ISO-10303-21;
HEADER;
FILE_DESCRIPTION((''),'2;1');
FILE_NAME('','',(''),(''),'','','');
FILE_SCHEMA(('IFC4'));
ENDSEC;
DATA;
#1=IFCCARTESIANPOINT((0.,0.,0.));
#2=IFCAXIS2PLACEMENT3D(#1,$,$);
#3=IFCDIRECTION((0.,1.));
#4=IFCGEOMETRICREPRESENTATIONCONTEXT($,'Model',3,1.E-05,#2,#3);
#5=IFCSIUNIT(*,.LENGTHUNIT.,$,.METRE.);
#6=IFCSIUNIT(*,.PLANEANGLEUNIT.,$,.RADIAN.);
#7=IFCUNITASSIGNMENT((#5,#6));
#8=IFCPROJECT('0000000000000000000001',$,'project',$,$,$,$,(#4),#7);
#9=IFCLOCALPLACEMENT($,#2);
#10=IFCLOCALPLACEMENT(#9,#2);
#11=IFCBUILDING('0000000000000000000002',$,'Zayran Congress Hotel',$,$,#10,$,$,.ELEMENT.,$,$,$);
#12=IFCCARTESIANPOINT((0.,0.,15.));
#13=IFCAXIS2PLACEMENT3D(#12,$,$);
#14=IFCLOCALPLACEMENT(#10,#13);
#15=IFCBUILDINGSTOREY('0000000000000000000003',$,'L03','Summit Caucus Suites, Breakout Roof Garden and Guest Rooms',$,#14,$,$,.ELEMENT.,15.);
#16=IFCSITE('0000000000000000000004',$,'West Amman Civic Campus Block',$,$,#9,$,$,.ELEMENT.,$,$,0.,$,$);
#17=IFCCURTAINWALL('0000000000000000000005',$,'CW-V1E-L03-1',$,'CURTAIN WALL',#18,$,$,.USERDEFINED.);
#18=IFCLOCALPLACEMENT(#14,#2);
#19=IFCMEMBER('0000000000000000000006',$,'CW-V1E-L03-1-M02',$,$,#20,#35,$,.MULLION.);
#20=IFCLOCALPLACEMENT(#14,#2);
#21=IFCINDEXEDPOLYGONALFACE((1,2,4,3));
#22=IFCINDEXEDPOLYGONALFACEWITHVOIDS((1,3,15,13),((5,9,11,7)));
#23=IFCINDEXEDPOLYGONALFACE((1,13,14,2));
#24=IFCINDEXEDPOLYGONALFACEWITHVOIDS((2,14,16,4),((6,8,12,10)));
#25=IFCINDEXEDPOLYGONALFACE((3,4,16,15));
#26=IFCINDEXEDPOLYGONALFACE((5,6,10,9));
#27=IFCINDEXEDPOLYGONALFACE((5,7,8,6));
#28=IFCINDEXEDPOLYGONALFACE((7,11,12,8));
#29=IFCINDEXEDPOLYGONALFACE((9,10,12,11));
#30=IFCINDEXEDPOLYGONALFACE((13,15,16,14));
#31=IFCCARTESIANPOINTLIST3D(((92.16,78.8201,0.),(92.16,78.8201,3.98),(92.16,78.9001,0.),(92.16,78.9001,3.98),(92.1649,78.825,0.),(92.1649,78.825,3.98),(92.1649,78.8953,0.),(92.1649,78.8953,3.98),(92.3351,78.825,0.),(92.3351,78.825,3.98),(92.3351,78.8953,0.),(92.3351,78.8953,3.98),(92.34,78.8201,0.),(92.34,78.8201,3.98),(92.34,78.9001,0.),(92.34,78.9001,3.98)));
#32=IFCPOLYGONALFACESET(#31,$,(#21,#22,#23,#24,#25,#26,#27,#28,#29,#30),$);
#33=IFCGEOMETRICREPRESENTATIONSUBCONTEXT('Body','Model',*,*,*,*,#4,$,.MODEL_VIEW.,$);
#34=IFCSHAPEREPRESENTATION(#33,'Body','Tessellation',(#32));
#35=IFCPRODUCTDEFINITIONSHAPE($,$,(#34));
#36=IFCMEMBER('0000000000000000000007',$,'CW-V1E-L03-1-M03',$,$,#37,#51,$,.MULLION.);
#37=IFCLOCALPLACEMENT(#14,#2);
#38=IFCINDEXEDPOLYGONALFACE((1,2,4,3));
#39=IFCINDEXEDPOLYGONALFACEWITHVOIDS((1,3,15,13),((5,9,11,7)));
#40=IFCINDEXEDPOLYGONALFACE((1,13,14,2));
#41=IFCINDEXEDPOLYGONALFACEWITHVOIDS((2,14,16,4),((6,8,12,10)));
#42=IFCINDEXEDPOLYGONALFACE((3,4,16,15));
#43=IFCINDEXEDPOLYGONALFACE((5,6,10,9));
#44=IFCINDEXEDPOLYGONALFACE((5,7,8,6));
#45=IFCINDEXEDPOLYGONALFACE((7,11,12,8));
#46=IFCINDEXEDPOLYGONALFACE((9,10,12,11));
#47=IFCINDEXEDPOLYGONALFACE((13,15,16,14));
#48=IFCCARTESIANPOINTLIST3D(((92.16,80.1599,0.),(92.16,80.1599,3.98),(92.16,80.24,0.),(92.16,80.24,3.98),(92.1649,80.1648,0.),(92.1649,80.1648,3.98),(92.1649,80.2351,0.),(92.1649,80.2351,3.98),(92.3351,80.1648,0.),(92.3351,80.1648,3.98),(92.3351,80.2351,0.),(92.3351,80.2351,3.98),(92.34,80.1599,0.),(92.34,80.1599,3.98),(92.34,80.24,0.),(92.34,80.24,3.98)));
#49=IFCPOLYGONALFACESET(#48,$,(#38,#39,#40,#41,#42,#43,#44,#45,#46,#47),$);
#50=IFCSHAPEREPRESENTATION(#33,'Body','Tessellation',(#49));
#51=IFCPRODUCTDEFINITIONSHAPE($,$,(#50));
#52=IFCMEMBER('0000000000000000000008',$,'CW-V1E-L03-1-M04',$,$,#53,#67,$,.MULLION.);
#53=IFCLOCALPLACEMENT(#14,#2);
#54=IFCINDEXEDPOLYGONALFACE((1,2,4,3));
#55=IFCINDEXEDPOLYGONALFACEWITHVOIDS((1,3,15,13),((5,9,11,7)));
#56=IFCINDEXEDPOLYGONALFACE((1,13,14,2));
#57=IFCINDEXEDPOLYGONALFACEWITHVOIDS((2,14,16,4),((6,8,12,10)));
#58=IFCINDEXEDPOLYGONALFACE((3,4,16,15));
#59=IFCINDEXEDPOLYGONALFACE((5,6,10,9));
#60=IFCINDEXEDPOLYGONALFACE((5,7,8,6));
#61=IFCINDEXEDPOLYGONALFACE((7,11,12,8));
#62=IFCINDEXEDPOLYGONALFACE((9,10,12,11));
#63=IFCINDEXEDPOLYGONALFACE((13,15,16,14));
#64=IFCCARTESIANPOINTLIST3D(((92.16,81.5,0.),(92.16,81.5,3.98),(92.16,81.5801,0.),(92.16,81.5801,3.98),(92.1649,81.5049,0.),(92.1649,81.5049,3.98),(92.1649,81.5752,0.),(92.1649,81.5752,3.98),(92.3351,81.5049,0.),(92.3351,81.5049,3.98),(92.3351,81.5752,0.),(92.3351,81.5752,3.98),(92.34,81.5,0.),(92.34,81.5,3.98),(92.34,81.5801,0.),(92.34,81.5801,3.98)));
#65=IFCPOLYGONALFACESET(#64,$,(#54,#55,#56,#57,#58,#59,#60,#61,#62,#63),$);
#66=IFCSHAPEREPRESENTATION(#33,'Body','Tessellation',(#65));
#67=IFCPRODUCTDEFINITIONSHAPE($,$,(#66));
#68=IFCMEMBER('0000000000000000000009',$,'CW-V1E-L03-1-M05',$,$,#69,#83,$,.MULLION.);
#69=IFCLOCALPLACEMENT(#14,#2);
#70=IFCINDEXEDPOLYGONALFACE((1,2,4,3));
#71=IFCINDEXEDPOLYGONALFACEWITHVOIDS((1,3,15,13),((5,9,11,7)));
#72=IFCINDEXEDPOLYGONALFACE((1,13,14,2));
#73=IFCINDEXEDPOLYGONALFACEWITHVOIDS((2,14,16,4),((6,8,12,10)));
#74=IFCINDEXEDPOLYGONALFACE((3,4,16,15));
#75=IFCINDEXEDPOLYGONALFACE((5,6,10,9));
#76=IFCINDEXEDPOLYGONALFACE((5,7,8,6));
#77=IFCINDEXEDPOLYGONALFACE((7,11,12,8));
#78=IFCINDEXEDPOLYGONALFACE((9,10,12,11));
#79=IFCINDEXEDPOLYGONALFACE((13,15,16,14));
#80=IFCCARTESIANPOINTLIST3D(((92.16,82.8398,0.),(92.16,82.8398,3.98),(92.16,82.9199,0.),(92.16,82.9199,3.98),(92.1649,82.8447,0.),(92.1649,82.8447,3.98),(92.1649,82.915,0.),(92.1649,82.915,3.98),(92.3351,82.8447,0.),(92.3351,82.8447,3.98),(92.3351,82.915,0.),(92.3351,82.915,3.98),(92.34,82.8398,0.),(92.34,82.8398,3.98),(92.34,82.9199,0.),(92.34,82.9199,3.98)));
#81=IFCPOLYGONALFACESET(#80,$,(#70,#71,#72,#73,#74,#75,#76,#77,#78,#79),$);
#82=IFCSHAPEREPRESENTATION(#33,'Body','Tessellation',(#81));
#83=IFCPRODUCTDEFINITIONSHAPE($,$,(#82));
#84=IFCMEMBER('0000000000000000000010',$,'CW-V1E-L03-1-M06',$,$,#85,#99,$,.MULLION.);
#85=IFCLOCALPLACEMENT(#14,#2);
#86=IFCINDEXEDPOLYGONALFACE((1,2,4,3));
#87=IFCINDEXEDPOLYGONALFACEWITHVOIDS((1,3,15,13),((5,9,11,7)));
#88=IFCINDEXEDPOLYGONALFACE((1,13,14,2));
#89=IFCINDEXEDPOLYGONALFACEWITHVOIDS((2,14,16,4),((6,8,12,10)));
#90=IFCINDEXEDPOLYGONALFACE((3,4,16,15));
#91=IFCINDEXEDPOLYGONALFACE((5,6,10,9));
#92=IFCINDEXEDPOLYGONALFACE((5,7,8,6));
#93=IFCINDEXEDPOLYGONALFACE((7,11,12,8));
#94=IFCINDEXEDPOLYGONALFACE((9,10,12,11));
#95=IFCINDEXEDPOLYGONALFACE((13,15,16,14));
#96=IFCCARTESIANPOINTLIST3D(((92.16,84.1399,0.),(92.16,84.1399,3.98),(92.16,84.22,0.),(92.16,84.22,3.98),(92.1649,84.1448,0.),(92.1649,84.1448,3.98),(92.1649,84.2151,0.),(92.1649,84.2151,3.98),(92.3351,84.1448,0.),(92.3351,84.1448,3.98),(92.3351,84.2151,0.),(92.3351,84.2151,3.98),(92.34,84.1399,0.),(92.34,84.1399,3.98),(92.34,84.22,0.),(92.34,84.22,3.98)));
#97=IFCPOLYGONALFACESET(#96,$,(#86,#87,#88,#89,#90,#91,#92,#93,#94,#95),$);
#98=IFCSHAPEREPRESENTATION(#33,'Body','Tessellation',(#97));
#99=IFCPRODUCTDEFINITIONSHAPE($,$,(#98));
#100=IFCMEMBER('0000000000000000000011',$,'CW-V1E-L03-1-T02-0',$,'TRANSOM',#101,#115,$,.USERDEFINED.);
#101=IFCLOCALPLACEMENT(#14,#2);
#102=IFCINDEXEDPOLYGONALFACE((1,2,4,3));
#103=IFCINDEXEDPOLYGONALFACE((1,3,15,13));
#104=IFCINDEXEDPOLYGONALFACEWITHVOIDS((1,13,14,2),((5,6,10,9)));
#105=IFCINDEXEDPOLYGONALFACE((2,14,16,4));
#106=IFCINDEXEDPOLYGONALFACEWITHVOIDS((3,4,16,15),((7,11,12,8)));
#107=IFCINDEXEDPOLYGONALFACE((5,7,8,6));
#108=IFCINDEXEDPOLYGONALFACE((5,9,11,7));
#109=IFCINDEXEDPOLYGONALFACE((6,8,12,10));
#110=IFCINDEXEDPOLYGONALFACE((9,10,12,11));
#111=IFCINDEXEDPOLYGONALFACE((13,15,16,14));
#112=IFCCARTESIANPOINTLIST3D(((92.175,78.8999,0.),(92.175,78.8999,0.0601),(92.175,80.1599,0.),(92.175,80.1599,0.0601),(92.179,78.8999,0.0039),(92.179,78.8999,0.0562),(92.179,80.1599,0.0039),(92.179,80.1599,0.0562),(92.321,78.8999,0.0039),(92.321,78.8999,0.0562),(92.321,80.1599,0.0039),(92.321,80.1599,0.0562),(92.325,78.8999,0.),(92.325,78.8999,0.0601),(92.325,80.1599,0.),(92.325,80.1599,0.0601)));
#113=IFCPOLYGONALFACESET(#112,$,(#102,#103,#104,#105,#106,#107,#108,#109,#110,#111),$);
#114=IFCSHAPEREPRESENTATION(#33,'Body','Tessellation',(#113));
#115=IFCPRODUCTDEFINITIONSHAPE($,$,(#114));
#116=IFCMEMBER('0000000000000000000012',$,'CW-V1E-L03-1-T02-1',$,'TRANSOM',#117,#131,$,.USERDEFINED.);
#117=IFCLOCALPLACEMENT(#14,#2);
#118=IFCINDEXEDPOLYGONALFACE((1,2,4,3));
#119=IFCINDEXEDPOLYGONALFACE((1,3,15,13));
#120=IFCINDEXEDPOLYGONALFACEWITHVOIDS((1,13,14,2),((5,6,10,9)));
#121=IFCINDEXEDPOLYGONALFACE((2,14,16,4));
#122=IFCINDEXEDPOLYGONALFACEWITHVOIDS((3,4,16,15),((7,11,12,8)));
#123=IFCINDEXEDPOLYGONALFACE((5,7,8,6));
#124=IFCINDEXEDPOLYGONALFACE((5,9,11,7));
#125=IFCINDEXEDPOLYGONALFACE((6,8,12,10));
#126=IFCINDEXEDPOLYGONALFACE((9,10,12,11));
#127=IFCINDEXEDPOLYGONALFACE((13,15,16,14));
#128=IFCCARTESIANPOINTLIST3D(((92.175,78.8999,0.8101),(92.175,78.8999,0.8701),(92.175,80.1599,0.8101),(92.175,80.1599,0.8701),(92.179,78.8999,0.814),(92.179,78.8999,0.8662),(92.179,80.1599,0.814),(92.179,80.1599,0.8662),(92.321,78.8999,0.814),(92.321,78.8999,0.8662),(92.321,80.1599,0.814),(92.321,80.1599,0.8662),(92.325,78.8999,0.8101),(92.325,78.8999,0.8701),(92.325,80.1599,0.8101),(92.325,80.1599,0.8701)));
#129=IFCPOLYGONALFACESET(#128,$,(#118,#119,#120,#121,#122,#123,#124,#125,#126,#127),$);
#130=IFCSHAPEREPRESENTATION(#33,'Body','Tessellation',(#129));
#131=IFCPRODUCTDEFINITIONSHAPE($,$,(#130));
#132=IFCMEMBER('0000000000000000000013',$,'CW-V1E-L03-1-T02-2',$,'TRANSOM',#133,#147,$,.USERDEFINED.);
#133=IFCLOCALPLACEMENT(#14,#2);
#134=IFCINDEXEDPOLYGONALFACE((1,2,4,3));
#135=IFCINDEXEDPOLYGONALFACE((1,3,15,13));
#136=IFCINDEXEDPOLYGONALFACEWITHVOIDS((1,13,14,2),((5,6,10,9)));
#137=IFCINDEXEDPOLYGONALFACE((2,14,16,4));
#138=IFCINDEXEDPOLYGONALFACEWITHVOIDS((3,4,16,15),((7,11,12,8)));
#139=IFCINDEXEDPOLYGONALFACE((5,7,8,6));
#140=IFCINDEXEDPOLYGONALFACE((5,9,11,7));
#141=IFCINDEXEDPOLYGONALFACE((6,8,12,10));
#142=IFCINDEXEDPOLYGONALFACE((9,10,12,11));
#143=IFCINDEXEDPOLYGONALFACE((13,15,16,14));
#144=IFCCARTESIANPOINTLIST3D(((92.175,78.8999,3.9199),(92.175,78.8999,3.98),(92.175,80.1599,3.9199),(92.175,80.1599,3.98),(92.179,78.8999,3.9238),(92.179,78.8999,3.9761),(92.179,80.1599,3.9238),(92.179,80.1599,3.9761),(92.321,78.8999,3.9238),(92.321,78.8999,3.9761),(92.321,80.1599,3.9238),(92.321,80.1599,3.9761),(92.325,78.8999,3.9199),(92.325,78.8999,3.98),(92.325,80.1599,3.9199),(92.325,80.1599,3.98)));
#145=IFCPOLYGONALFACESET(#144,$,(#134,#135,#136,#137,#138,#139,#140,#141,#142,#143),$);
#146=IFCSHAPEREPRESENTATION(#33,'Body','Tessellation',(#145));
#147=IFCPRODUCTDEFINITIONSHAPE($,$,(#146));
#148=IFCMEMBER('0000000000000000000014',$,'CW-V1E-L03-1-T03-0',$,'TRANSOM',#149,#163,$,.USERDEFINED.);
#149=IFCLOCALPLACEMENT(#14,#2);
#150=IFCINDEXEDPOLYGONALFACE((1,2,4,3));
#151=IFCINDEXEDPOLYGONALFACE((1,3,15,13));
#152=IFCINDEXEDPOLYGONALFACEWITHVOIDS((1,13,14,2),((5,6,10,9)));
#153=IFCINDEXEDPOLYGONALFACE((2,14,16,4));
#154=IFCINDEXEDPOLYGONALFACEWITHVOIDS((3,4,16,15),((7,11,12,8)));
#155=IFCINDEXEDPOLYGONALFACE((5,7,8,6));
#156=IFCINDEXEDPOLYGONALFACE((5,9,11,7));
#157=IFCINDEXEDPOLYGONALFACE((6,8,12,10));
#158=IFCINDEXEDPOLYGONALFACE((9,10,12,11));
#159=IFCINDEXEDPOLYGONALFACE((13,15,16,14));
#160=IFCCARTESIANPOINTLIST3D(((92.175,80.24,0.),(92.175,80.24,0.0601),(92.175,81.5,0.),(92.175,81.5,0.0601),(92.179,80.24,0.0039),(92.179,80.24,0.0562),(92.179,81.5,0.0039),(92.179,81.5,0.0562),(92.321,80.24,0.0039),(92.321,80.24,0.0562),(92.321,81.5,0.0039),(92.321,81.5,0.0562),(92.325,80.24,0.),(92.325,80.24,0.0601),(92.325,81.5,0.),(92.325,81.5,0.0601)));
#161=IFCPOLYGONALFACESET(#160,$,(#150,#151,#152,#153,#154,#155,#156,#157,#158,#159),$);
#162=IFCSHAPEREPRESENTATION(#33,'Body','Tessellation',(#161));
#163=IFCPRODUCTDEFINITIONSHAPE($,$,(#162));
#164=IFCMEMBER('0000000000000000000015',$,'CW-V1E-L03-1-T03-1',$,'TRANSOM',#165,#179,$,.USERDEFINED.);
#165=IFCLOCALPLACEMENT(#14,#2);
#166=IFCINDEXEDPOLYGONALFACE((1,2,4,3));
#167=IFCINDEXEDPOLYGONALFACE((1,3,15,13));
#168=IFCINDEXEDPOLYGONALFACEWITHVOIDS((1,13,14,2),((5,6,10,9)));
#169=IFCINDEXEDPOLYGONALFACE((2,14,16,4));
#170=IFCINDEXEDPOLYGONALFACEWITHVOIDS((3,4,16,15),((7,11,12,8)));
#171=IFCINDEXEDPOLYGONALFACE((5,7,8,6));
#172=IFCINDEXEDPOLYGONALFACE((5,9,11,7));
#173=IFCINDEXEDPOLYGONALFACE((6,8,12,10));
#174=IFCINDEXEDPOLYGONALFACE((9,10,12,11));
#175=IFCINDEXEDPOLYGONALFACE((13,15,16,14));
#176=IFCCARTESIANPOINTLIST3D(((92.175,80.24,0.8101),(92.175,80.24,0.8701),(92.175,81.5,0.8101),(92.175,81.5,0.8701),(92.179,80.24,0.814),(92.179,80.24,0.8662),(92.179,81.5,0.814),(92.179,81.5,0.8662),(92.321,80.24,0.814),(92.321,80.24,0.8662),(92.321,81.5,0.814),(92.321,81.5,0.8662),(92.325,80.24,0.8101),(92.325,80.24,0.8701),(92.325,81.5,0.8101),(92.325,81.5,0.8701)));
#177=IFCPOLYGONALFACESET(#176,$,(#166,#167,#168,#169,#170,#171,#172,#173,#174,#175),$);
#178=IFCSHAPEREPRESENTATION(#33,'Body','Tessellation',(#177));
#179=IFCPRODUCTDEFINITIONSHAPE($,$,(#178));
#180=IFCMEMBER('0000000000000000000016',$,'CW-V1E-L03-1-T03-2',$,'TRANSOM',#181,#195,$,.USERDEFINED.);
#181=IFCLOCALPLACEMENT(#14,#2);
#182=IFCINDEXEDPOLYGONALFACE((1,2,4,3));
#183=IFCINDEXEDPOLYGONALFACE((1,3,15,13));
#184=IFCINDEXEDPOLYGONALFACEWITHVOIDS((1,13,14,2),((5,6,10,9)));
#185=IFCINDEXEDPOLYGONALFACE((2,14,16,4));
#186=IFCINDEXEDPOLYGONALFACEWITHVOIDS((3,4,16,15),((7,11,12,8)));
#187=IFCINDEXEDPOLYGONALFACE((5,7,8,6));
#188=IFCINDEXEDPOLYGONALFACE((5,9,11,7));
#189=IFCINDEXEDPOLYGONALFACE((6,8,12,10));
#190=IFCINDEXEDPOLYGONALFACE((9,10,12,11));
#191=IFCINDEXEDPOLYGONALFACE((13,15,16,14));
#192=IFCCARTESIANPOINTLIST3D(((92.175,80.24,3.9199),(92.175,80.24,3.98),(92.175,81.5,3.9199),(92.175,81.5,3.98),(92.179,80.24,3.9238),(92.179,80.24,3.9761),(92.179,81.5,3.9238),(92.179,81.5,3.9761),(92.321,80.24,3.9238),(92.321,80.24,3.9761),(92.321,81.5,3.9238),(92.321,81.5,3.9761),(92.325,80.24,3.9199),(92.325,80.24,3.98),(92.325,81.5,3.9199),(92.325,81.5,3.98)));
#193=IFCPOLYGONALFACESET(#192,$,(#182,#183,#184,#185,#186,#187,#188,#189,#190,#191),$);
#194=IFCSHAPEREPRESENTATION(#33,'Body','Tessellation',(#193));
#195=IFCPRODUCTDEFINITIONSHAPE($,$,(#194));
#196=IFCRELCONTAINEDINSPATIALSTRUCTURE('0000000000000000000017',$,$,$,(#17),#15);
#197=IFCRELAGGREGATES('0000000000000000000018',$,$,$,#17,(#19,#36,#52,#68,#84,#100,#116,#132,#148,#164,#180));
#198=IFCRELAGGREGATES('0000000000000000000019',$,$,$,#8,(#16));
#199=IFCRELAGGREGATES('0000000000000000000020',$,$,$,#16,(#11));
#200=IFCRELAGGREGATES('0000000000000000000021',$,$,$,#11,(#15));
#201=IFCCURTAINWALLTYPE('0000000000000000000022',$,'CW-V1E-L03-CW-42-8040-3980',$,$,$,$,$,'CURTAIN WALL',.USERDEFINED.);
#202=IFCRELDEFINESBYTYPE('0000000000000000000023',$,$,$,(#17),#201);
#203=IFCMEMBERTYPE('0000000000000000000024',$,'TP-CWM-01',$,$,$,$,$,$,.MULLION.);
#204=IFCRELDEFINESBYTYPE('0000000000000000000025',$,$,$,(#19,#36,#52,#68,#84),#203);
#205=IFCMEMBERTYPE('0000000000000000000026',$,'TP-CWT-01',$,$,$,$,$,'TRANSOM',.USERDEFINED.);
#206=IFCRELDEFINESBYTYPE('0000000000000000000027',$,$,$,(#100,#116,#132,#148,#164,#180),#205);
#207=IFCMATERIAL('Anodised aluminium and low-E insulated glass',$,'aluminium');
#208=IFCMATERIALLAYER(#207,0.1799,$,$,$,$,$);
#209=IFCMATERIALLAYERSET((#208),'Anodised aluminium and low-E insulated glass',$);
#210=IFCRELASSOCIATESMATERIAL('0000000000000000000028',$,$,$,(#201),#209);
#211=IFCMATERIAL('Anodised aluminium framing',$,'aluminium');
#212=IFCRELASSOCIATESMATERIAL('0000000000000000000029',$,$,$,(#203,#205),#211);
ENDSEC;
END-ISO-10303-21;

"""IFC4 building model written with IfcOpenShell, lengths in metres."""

from ifc_helpers import new_model, si_unit, direction, frame, origin, origin_2d, place, context, subcontext, project, spatial, hollow_rectangle, extrude, material, layer, layer_set, material_profile, profile_set, type_object, element, aggregate, save


model = new_model("IFC4")

# Units and contexts
model_context = context("Model", 3, precision=1e-05, world=origin(), true_north=direction((0.0, 1.0)))
body_context = subcontext(model_context, "Body", "Model", "MODEL_VIEW")
ifc_project = project(units=[si_unit("LENGTHUNIT", "METRE"), si_unit("PLANEANGLEUNIT", "RADIAN")], contexts=[model_context])

# Site, building, storey
site_placement = place(None, origin())
site = spatial("IfcSite", under=ifc_project, at=site_placement, Name="West Amman Civic Campus Block", CompositionType="ELEMENT", RefElevation=0.0)
building_placement = place(site_placement, origin())
building = spatial("IfcBuilding", under=site, at=building_placement, Name="Zayran Congress Hotel", CompositionType="ELEMENT")
storey_placement = place(building_placement, frame((0.0, 0.0, 15.0)))
storey = spatial("IfcBuildingStorey", under=building, at=storey_placement, Name="L03", Description="Summit Caucus Suites, Breakout Roof Garden and Guest Rooms", CompositionType="ELEMENT", Elevation=15.0)

# Curtain wall, members
ifc_material_1 = material(Name="Anodised aluminium and low-E insulated glass", Category="aluminium")
ifc_layer_1 = layer(ifc_material_1, 0.1799)
ifc_layer_set_1 = layer_set([ifc_layer_1], Name="Anodised aluminium and low-E insulated glass")
curtain_wall_type = type_object("IfcCurtainWallType", Name="CW-V1E-L03-CW-42-8040-3980", ElementType="CURTAIN WALL", PredefinedType="USERDEFINED", material=ifc_layer_set_1)
curtain_wall_placement = place(storey_placement, origin())
curtain_wall = element("IfcCurtainWall", 1, at=curtain_wall_placement, inside=storey, type_object=curtain_wall_type, Name="CW-V1E-L03-1", ObjectType="CURTAIN WALL", PredefinedType="USERDEFINED")
ifc_material_2 = material(Name="Anodised aluminium framing", Category="aluminium")
ifc_material_profile_1 = material_profile(ifc_material_2, hollow_rectangle(XDim=0.0801, YDim=0.1799, WallThickness=0.0049, at=origin_2d()), Name="RHS 180x80x5")
ifc_profile_set_1 = profile_set([ifc_material_profile_1], Name="Anodised aluminium framing")
member_type_1 = type_object("IfcMemberType", Name="TP-CWM-01", PredefinedType="MULLION", material=ifc_profile_set_1)
member_1_placement = place(storey_placement, frame((92.25, 78.8601, 0.0), z_axis=(0.0, 0.0, 1.0), x_axis=(0.0, 1.0, 0.0)))
member_1 = element("IfcMember", 2, at=member_1_placement, type_object=member_type_1, Name="CW-V1E-L03-1-M02", PredefinedType="MULLION", context=body_context, shape_type="SweptSolid", body=[
    extrude(hollow_rectangle(XDim=0.0801, YDim=0.1799, WallThickness=0.0049, at=origin_2d()), origin(), (0.0, 0.0, 1.0), 3.98),
])
member_2_placement = place(storey_placement, frame((92.25, 80.2, 0.0), z_axis=(0.0, 0.0, 1.0), x_axis=(0.0, 1.0, 0.0)))
member_2 = element("IfcMember", 3, at=member_2_placement, type_object=member_type_1, Name="CW-V1E-L03-1-M03", PredefinedType="MULLION", context=body_context, shape_type="SweptSolid", body=[
    extrude(hollow_rectangle(XDim=0.0801, YDim=0.1799, WallThickness=0.0049, at=origin_2d()), origin(), (0.0, 0.0, 1.0), 3.98),
])
member_3_placement = place(storey_placement, frame((92.25, 81.54, 0.0), z_axis=(0.0, 0.0, 1.0), x_axis=(0.0, 1.0, 0.0)))
member_3 = element("IfcMember", 4, at=member_3_placement, type_object=member_type_1, Name="CW-V1E-L03-1-M04", PredefinedType="MULLION", context=body_context, shape_type="SweptSolid", body=[
    extrude(hollow_rectangle(XDim=0.0801, YDim=0.1799, WallThickness=0.0049, at=origin_2d()), origin(), (0.0, 0.0, 1.0), 3.98),
])
member_4_placement = place(storey_placement, frame((92.25, 82.8799, 0.0), z_axis=(0.0, 0.0, 1.0), x_axis=(0.0, 1.0, 0.0)))
member_4 = element("IfcMember", 5, at=member_4_placement, type_object=member_type_1, Name="CW-V1E-L03-1-M05", PredefinedType="MULLION", context=body_context, shape_type="SweptSolid", body=[
    extrude(hollow_rectangle(XDim=0.0801, YDim=0.1799, WallThickness=0.0049, at=origin_2d()), origin(), (0.0, 0.0, 1.0), 3.98),
])
member_5_placement = place(storey_placement, frame((92.25, 84.1799, 0.0), z_axis=(0.0, 0.0, 1.0), x_axis=(0.0, 1.0, 0.0)))
member_5 = element("IfcMember", 6, at=member_5_placement, type_object=member_type_1, Name="CW-V1E-L03-1-M06", PredefinedType="MULLION", context=body_context, shape_type="SweptSolid", body=[
    extrude(hollow_rectangle(XDim=0.0801, YDim=0.1799, WallThickness=0.0049, at=origin_2d()), origin(), (0.0, 0.0, 1.0), 3.98),
])
ifc_material_profile_2 = material_profile(ifc_material_2, hollow_rectangle(XDim=0.0601, YDim=0.1499, WallThickness=0.0039, at=origin_2d()), Name="RHS 150x60x4")
ifc_profile_set_2 = profile_set([ifc_material_profile_2], Name="Anodised aluminium framing")
member_type_2 = type_object("IfcMemberType", Name="TP-CWT-01", ElementType="TRANSOM", PredefinedType="USERDEFINED", material=ifc_profile_set_2)
member_6_placement = place(storey_placement, frame((92.25, 78.8999, 0.03), z_axis=(0.0, 1.0, 0.0), x_axis=(0.0, 0.0, 1.0)))
member_6 = element("IfcMember", 7, at=member_6_placement, type_object=member_type_2, Name="CW-V1E-L03-1-T02-0", ObjectType="TRANSOM", PredefinedType="USERDEFINED", context=body_context, shape_type="SweptSolid", body=[
    extrude(hollow_rectangle(XDim=0.0601, YDim=0.1499, WallThickness=0.0039, at=origin_2d()), origin(), (0.0, 0.0, 1.0), 1.26),
])
member_7_placement = place(storey_placement, frame((92.25, 78.8999, 0.8401), z_axis=(0.0, 1.0, 0.0), x_axis=(0.0, 0.0, 1.0)))
member_7 = element("IfcMember", 8, at=member_7_placement, type_object=member_type_2, Name="CW-V1E-L03-1-T02-1", ObjectType="TRANSOM", PredefinedType="USERDEFINED", context=body_context, shape_type="SweptSolid", body=[
    extrude(hollow_rectangle(XDim=0.0601, YDim=0.1499, WallThickness=0.0039, at=origin_2d()), origin(), (0.0, 0.0, 1.0), 1.26),
])
member_8_placement = place(storey_placement, frame((92.25, 78.8999, 3.95), z_axis=(0.0, 1.0, 0.0), x_axis=(0.0, 0.0, 1.0)))
member_8 = element("IfcMember", 9, at=member_8_placement, type_object=member_type_2, Name="CW-V1E-L03-1-T02-2", ObjectType="TRANSOM", PredefinedType="USERDEFINED", context=body_context, shape_type="SweptSolid", body=[
    extrude(hollow_rectangle(XDim=0.0601, YDim=0.1499, WallThickness=0.0039, at=origin_2d()), origin(), (0.0, 0.0, 1.0), 1.26),
])
member_9_placement = place(storey_placement, frame((92.25, 80.24, 0.03), z_axis=(0.0, 1.0, 0.0), x_axis=(0.0, 0.0, 1.0)))
member_9 = element("IfcMember", 10, at=member_9_placement, type_object=member_type_2, Name="CW-V1E-L03-1-T03-0", ObjectType="TRANSOM", PredefinedType="USERDEFINED", context=body_context, shape_type="SweptSolid", body=[
    extrude(hollow_rectangle(XDim=0.0601, YDim=0.1499, WallThickness=0.0039, at=origin_2d()), origin(), (0.0, 0.0, 1.0), 1.26),
])
member_10_placement = place(storey_placement, frame((92.25, 80.24, 0.8401), z_axis=(0.0, 1.0, 0.0), x_axis=(0.0, 0.0, 1.0)))
member_10 = element("IfcMember", 11, at=member_10_placement, type_object=member_type_2, Name="CW-V1E-L03-1-T03-1", ObjectType="TRANSOM", PredefinedType="USERDEFINED", context=body_context, shape_type="SweptSolid", body=[
    extrude(hollow_rectangle(XDim=0.0601, YDim=0.1499, WallThickness=0.0039, at=origin_2d()), origin(), (0.0, 0.0, 1.0), 1.26),
])
member_11_placement = place(storey_placement, frame((92.25, 80.24, 3.95), z_axis=(0.0, 1.0, 0.0), x_axis=(0.0, 0.0, 1.0)))
member_11 = element("IfcMember", 12, at=member_11_placement, type_object=member_type_2, Name="CW-V1E-L03-1-T03-2", ObjectType="TRANSOM", PredefinedType="USERDEFINED", context=body_context, shape_type="SweptSolid", body=[
    extrude(hollow_rectangle(XDim=0.0601, YDim=0.1499, WallThickness=0.0039, at=origin_2d()), origin(), (0.0, 0.0, 1.0), 1.26),
])
aggregate(curtain_wall, [member_1, member_2, member_3, member_4, member_5, member_6, member_7, member_8, member_9, member_10, member_11])

save(model, "model.ifc")
